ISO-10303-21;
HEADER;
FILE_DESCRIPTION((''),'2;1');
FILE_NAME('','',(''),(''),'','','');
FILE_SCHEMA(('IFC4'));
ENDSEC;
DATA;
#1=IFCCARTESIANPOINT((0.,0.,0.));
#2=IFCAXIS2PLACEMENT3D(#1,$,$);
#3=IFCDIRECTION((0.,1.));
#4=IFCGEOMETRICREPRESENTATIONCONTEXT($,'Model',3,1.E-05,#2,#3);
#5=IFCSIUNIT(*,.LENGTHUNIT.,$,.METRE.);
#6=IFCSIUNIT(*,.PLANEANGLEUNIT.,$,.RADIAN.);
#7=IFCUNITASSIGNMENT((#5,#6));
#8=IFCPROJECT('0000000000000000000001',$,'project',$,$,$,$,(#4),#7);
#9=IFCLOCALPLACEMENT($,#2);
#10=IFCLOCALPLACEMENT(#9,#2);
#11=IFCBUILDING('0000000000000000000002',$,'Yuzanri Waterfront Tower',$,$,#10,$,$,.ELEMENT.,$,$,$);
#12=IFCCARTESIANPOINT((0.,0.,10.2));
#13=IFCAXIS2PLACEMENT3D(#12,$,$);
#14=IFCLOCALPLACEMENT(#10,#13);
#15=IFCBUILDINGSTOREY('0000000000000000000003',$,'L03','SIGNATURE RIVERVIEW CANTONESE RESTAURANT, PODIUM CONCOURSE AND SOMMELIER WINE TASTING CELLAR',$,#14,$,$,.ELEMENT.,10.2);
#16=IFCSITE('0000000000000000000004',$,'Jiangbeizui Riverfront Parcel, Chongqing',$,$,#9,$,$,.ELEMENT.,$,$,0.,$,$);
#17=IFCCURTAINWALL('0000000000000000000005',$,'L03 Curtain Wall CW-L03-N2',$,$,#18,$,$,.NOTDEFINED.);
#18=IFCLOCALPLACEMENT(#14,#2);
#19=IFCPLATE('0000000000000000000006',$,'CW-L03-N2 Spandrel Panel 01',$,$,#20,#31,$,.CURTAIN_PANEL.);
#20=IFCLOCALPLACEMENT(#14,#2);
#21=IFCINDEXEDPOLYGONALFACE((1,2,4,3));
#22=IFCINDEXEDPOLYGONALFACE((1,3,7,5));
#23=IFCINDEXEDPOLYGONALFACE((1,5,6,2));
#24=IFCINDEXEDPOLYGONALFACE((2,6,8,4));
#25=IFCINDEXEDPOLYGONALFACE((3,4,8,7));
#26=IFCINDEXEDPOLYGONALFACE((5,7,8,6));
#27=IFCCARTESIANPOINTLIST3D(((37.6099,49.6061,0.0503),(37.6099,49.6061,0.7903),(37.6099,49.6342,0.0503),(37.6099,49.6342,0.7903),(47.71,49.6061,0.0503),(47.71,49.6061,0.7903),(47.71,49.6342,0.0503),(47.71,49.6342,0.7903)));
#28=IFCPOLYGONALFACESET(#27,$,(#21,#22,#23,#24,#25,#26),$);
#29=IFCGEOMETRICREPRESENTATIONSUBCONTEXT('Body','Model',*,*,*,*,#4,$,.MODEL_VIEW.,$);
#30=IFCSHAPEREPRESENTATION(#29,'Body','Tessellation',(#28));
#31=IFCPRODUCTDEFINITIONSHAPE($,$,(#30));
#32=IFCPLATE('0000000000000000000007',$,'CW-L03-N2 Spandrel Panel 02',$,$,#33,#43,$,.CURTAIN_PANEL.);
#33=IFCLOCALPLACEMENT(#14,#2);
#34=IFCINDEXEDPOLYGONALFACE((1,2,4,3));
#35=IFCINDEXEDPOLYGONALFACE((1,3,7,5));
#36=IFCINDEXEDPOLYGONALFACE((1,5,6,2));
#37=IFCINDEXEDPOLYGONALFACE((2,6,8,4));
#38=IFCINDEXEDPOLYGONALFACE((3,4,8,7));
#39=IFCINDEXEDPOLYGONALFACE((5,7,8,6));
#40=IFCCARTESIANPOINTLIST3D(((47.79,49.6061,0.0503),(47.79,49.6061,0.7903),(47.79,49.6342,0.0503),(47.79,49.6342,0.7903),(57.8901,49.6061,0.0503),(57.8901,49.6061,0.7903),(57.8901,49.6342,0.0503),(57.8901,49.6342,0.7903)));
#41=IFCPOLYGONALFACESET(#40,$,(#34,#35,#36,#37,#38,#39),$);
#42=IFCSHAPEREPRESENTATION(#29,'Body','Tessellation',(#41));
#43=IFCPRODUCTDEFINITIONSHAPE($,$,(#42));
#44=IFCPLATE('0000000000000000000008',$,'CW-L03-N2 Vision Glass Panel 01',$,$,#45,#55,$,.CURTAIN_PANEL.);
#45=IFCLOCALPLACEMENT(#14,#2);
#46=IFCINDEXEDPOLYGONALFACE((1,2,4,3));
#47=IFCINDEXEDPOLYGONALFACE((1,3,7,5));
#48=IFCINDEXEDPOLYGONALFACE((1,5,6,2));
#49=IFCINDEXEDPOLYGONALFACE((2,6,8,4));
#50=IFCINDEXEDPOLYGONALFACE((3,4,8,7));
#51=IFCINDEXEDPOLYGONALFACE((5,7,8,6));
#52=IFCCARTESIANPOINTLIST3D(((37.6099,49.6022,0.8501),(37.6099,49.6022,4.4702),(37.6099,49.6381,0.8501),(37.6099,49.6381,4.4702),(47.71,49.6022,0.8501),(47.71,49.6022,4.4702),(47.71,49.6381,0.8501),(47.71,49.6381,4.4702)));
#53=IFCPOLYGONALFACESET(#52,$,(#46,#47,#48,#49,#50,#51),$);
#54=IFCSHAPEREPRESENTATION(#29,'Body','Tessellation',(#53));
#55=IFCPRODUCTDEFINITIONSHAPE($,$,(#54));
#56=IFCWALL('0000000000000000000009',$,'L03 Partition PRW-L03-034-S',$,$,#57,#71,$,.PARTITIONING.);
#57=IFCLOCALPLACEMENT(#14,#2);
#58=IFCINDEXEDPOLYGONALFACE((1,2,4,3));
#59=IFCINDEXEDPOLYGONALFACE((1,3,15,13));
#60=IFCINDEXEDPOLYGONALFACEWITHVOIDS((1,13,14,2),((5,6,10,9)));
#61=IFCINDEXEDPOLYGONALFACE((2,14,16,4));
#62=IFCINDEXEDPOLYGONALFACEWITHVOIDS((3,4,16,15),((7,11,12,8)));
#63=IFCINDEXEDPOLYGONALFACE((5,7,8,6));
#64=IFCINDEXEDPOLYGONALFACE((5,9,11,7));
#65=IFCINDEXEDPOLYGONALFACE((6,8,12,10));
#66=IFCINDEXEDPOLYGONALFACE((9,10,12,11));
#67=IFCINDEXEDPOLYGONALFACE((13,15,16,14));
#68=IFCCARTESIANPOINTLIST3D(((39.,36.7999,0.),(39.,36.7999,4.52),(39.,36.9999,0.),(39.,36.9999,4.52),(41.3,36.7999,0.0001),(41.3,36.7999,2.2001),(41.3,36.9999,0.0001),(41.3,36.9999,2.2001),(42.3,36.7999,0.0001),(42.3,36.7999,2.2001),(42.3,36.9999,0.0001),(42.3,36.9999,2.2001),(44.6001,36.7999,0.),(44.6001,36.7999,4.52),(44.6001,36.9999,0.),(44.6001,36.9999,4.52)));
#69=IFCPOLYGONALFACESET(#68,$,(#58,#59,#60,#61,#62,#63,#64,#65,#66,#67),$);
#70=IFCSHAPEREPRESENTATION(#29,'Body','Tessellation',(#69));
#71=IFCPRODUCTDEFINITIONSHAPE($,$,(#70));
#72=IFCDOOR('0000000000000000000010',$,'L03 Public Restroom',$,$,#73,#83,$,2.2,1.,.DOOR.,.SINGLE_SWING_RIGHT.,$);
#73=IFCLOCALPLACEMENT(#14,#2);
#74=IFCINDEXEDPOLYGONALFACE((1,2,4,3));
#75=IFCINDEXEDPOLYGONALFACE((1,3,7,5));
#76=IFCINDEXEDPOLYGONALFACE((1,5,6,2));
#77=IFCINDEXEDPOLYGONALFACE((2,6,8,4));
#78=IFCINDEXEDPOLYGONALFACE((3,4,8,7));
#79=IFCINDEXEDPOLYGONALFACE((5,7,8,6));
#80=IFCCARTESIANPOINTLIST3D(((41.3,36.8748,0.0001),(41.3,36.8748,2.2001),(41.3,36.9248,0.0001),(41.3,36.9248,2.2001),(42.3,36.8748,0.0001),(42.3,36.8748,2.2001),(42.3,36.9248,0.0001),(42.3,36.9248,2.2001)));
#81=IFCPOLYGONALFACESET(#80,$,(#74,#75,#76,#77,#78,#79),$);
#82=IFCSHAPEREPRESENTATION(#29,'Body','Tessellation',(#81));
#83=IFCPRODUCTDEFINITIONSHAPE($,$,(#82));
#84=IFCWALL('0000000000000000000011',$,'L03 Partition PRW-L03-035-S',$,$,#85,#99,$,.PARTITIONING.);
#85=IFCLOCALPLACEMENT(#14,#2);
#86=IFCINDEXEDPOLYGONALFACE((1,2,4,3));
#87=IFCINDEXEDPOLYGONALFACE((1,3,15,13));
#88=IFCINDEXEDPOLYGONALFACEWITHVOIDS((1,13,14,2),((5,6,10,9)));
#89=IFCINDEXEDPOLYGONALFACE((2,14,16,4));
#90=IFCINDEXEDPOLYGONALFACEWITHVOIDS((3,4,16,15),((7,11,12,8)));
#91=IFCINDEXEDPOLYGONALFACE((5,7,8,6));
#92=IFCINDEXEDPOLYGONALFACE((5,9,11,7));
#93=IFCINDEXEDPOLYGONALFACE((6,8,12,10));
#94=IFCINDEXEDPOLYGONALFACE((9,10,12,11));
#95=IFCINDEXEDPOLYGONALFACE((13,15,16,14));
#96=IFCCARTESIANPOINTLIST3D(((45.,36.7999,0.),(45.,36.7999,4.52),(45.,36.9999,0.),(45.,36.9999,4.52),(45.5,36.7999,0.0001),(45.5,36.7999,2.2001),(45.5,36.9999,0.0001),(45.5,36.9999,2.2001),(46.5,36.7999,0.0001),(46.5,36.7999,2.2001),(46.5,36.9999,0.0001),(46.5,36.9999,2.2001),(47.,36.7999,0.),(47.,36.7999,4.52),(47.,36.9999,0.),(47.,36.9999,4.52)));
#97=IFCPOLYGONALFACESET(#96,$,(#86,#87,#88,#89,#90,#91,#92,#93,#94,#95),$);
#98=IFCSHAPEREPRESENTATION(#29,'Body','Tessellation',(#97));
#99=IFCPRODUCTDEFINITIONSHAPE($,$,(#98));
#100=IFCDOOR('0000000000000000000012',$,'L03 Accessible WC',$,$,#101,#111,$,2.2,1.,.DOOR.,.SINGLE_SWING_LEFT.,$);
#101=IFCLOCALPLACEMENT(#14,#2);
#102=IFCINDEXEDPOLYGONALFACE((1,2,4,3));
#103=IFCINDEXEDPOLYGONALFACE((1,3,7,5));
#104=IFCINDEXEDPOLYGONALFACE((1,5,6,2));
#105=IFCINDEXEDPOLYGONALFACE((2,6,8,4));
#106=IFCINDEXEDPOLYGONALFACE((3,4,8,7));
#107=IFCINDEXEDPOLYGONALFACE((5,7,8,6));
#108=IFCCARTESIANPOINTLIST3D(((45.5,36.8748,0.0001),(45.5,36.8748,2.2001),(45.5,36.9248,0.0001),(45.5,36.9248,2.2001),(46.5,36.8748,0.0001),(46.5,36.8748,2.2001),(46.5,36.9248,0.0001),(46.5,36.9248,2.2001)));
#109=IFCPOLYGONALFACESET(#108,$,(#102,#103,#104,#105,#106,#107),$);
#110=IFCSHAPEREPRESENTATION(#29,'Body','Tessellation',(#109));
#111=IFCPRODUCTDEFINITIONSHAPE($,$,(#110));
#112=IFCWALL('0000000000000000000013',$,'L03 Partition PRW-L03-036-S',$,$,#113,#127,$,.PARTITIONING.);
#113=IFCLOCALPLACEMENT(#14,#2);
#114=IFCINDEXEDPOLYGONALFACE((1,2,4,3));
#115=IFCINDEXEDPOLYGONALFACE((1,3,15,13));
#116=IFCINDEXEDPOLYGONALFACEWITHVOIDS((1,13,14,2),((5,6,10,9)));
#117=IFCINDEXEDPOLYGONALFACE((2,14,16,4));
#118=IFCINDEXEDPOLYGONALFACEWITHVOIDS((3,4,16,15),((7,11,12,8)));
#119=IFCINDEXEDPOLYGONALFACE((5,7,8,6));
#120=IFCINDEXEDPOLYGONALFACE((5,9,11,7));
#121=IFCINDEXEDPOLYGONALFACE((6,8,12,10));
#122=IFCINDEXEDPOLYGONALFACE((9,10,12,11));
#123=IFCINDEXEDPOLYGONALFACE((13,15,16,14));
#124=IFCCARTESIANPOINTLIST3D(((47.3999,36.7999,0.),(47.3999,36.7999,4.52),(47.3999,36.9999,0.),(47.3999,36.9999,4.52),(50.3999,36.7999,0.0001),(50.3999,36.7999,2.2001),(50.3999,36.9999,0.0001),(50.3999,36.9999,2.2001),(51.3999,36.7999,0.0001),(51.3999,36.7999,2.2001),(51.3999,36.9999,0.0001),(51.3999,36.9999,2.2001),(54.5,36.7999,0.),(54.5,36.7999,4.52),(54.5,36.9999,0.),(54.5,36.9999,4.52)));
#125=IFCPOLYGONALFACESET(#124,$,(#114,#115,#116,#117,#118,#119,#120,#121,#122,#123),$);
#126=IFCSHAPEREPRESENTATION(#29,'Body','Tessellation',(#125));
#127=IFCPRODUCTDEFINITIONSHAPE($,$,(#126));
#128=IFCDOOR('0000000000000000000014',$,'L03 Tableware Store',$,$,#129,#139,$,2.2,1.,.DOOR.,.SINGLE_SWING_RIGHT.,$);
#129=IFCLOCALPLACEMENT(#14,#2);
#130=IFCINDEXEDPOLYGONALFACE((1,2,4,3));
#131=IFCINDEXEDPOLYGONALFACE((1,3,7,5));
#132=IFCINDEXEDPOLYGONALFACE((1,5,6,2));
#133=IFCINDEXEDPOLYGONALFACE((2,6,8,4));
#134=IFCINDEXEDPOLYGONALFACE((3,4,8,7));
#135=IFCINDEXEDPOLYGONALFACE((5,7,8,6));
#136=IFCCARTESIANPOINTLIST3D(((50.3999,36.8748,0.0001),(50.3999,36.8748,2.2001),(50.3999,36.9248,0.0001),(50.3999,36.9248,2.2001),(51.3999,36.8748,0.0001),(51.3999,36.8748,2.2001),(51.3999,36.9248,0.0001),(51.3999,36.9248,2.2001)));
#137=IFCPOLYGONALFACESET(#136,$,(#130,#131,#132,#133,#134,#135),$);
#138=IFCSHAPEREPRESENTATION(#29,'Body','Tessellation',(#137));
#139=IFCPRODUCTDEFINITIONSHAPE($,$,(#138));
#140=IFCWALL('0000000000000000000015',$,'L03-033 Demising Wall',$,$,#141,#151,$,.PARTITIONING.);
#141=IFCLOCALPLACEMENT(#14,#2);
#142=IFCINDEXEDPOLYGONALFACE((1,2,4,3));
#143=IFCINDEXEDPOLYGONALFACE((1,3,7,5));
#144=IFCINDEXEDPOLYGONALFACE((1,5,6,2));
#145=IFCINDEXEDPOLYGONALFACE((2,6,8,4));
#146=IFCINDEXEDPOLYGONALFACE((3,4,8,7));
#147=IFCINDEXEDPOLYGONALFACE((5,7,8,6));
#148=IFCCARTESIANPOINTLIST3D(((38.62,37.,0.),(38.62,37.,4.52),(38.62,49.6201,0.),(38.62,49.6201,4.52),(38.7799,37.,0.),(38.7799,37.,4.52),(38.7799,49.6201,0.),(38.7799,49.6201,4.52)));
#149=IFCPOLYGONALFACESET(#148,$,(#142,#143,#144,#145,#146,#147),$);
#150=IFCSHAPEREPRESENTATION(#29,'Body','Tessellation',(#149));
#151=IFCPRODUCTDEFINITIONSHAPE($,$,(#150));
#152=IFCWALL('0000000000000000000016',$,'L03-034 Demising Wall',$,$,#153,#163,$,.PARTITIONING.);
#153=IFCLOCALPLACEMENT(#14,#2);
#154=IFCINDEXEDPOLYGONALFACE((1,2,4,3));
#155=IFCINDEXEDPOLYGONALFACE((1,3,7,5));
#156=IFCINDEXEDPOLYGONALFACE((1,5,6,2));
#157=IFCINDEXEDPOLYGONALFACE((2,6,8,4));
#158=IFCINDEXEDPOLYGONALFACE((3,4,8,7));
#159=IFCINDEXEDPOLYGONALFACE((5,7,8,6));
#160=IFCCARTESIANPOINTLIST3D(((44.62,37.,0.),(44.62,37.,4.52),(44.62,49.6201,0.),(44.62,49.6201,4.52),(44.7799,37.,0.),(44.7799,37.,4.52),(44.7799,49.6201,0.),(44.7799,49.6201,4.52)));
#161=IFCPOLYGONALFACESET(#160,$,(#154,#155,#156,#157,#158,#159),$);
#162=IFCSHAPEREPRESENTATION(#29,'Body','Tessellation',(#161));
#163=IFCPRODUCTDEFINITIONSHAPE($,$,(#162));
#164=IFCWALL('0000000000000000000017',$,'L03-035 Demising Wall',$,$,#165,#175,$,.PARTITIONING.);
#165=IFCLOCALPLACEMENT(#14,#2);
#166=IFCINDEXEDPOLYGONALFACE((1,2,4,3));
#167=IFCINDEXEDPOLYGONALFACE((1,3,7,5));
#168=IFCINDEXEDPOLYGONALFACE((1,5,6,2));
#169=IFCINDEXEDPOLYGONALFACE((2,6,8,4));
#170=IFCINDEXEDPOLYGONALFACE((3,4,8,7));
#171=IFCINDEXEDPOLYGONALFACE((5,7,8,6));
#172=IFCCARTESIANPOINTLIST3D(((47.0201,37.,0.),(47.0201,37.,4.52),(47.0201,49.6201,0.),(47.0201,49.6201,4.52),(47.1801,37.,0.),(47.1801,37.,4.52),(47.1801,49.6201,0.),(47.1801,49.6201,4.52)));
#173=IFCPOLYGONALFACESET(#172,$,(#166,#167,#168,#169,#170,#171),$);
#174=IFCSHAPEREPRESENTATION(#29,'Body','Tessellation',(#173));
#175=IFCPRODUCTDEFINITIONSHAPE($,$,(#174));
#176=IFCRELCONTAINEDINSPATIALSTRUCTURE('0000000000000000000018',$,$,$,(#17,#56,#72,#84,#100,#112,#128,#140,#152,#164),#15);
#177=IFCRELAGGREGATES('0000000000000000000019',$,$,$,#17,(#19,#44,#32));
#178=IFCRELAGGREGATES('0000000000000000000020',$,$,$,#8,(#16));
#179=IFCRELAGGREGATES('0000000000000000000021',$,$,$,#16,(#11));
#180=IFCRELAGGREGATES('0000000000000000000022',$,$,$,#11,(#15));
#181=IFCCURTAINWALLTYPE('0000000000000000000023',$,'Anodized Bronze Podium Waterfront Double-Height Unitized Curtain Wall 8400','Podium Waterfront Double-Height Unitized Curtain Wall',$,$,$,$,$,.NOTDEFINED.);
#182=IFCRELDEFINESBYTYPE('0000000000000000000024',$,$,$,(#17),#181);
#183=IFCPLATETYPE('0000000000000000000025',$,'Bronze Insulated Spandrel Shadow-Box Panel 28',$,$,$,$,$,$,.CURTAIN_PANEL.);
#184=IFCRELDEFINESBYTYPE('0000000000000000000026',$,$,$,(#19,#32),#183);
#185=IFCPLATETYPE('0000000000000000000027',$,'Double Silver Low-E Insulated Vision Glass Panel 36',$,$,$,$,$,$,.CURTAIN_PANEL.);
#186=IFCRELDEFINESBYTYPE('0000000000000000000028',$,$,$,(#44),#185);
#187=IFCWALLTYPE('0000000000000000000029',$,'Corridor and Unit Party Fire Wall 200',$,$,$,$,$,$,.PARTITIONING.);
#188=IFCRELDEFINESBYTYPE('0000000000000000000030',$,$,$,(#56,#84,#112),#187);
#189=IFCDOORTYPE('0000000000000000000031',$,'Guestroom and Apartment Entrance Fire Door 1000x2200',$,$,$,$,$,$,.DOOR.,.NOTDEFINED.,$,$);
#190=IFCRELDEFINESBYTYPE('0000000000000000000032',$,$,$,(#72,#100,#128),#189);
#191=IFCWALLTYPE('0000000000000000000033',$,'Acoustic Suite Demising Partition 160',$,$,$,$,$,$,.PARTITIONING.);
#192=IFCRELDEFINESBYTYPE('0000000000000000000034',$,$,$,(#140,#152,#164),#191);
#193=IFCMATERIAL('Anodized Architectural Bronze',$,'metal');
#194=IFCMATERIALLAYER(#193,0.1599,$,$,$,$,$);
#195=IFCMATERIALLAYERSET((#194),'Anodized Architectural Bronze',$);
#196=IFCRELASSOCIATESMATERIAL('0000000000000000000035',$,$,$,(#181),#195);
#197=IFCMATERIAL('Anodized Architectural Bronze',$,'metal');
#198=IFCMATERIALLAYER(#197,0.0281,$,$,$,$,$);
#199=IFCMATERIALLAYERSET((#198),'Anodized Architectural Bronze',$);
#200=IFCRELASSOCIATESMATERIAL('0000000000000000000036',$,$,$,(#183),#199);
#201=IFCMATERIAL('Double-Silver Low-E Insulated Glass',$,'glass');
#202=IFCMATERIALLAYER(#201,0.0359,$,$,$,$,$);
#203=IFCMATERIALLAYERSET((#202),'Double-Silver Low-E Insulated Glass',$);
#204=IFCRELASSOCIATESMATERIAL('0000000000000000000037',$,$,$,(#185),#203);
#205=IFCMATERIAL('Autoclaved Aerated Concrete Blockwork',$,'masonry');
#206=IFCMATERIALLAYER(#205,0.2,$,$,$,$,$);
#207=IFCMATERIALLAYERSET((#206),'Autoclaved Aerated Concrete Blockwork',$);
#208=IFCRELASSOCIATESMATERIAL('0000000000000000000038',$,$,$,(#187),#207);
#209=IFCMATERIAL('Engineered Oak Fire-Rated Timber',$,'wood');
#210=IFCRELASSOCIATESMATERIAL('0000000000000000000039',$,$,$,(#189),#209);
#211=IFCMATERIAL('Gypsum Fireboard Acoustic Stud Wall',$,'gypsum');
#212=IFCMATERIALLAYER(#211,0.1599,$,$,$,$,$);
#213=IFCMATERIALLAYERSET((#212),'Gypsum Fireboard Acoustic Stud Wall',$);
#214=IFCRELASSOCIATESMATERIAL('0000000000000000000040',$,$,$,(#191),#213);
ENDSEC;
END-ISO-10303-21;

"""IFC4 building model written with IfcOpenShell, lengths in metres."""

from ifc_helpers import new_model, si_unit, direction, frame, frame_2d, origin, origin_2d, place, context, subcontext, project, spatial, rectangle, extrude, source, transform, mapped, material, layer, layer_set, type_object, element, fill, aggregate, save


model = new_model("IFC4")

# Units and contexts
model_context = context("Model", 3, precision=1e-05, world=origin(), true_north=direction((0.0, 1.0)))
body_context = subcontext(model_context, "Body", "Model", "MODEL_VIEW")
ifc_project = project(units=[si_unit("LENGTHUNIT", "METRE"), si_unit("PLANEANGLEUNIT", "RADIAN")], contexts=[model_context])

# Site, building, storey
site_placement = place(None, origin())
site = spatial("IfcSite", under=ifc_project, at=site_placement, Name="Jiangbeizui Riverfront Parcel, Chongqing", CompositionType="ELEMENT", RefElevation=0.0)
building_placement = place(site_placement, origin())
building = spatial("IfcBuilding", under=site, at=building_placement, Name="Yuzanri Waterfront Tower", CompositionType="ELEMENT")
storey_placement = place(building_placement, frame((0.0, 0.0, 10.2)))
storey = spatial("IfcBuildingStorey", under=building, at=storey_placement, Name="L03", Description="SIGNATURE RIVERVIEW CANTONESE RESTAURANT, PODIUM CONCOURSE AND SOMMELIER WINE TASTING CELLAR", CompositionType="ELEMENT", Elevation=10.2)

# Curtain wall, plates
ifc_material_1 = material(Name="Anodized Architectural Bronze", Category="metal")
ifc_layer_1 = layer(ifc_material_1, 0.1599)
ifc_layer_set_1 = layer_set([ifc_layer_1], Name="Anodized Architectural Bronze")
curtain_wall_type = type_object("IfcCurtainWallType", Name="Anodized Bronze Podium Waterfront Double-Height Unitized Curtain Wall 8400", Description="Podium Waterfront Double-Height Unitized Curtain Wall", PredefinedType="NOTDEFINED", material=ifc_layer_set_1)
curtain_wall_placement = place(storey_placement, origin())
curtain_wall = element("IfcCurtainWall", 1, at=curtain_wall_placement, inside=storey, type_object=curtain_wall_type, Name="L03 Curtain Wall CW-L03-N2", PredefinedType="NOTDEFINED")
ifc_material_2 = material(Name="Anodized Architectural Bronze", Category="metal")
ifc_layer_2 = layer(ifc_material_2, 0.0281)
ifc_layer_set_2 = layer_set([ifc_layer_2], Name="Anodized Architectural Bronze")
plate_type_1 = type_object("IfcPlateType", Name="Bronze Insulated Spandrel Shadow-Box Panel 28", PredefinedType="CURTAIN_PANEL", material=ifc_layer_set_2)
shared_shape_1 = source(origin(), body_context, "Body", "SweptSolid", [
    extrude(rectangle(XDim=10.1001, YDim=0.0281, at=origin_2d()), origin(), (0.0, 0.0, 1.0), 0.74),
])
plate_1_placement = place(storey_placement, frame((42.6599, 49.6201, 0.0503), z_axis=(0.0, 0.0, 1.0), x_axis=(1.0, 0.0, 0.0)))
plate_1 = element("IfcPlate", 2, at=plate_1_placement, type_object=plate_type_1, Name="CW-L03-N2 Spandrel Panel 01", PredefinedType="CURTAIN_PANEL", context=body_context, shape_type="MappedRepresentation", body=[
    mapped(shared_shape_1, transform((0.0, 0.0, 0.0), scale=1.0)),
])
plate_2_placement = place(storey_placement, frame((52.8401, 49.6201, 0.0503), z_axis=(0.0, 0.0, 1.0), x_axis=(1.0, 0.0, 0.0)))
plate_2 = element("IfcPlate", 3, at=plate_2_placement, type_object=plate_type_1, Name="CW-L03-N2 Spandrel Panel 02", PredefinedType="CURTAIN_PANEL", context=body_context, shape_type="MappedRepresentation", body=[
    mapped(shared_shape_1, transform((0.0, 0.0, 0.0), scale=1.0)),
])
ifc_material_3 = material(Name="Double-Silver Low-E Insulated Glass", Category="glass")
ifc_layer_3 = layer(ifc_material_3, 0.0359)
ifc_layer_set_3 = layer_set([ifc_layer_3], Name="Double-Silver Low-E Insulated Glass")
plate_type_2 = type_object("IfcPlateType", Name="Double Silver Low-E Insulated Vision Glass Panel 36", PredefinedType="CURTAIN_PANEL", material=ifc_layer_set_3)
shared_shape_2 = source(origin(), body_context, "Body", "SweptSolid", [
    extrude(rectangle(XDim=10.1001, YDim=0.0359, at=origin_2d()), origin(), (0.0, 0.0, 1.0), 3.6201),
])
plate_3_placement = place(storey_placement, frame((42.6599, 49.6201, 0.8501), z_axis=(0.0, 0.0, 1.0), x_axis=(1.0, 0.0, 0.0)))
plate_3 = element("IfcPlate", 4, at=plate_3_placement, type_object=plate_type_2, Name="CW-L03-N2 Vision Glass Panel 01", PredefinedType="CURTAIN_PANEL", context=body_context, shape_type="MappedRepresentation", body=[
    mapped(shared_shape_2, transform((0.0, 0.0, 0.0), scale=1.0)),
])
aggregate(curtain_wall, [plate_1, plate_3, plate_2])

# Walls, openings, doors
ifc_material_4 = material(Name="Autoclaved Aerated Concrete Blockwork", Category="masonry")
ifc_layer_4 = layer(ifc_material_4, 0.2)
ifc_layer_set_4 = layer_set([ifc_layer_4], Name="Autoclaved Aerated Concrete Blockwork")
wall_type_1 = type_object("IfcWallType", Name="Corridor and Unit Party Fire Wall 200", PredefinedType="PARTITIONING", material=ifc_layer_set_4)
wall_1_placement = place(storey_placement, frame((39.0, 36.8999, 0.0), z_axis=(0.0, 0.0, 1.0), x_axis=(1.0, 0.0, 0.0)))
wall_1 = element("IfcWall", 5, at=wall_1_placement, inside=storey, type_object=wall_type_1, Name="L03 Partition PRW-L03-034-S", PredefinedType="PARTITIONING", context=body_context, shape_type="SweptSolid", body=[
    extrude(rectangle(XDim=5.6001, YDim=0.2, at=frame_2d((2.8, 0.0))), origin(), (0.0, 0.0, 1.0), 4.52),
])
opening_1_placement = place(wall_1_placement, frame((2.3, 0.0, 0.0)))
opening_1 = element("IfcOpeningElement", 6, at=opening_1_placement, cuts=wall_1, PredefinedType="OPENING", context=body_context, shape_type="SweptSolid", body=[
    extrude(rectangle(XDim=1.0, YDim=2.2, at=frame_2d((0.5, 1.1001))), frame((0.0, 0.1147, 0.0), z_axis=(0.0, -1.0, 0.0), x_axis=(1.0, 0.0, 0.0)), (0.0, 0.0, 1.0), 0.2297),
])
ifc_material_5 = material(Name="Engineered Oak Fire-Rated Timber", Category="wood")
door_type = type_object("IfcDoorType", Name="Guestroom and Apartment Entrance Fire Door 1000x2200", OperationType="NOTDEFINED", PredefinedType="DOOR", material=ifc_material_5)
shared_shape_3 = source(origin(), body_context, "Body", "SweptSolid", [
    extrude(rectangle(XDim=1.0, YDim=2.2, at=frame_2d((0.5, 1.1001))), frame((0.0, 0.0249, 0.0), z_axis=(0.0, -1.0, 0.0), x_axis=(1.0, 0.0, 0.0)), (0.0, 0.0, 1.0), 0.05),
])
door_1_placement = place(opening_1_placement, origin())
door_1 = element("IfcDoor", 7, at=door_1_placement, inside=storey, type_object=door_type, Name="L03 Public Restroom", OperationType="SINGLE_SWING_RIGHT", OverallHeight=2.2, OverallWidth=1.0, PredefinedType="DOOR", context=body_context, shape_type="MappedRepresentation", body=[
    mapped(shared_shape_3, transform((0.0, 0.0, 0.0), scale=1.0)),
])
fill(opening_1, door_1)
wall_2_placement = place(storey_placement, frame((45.0, 36.8999, 0.0), z_axis=(0.0, 0.0, 1.0), x_axis=(1.0, 0.0, 0.0)))
wall_2 = element("IfcWall", 8, at=wall_2_placement, inside=storey, type_object=wall_type_1, Name="L03 Partition PRW-L03-035-S", PredefinedType="PARTITIONING", context=body_context, shape_type="SweptSolid", body=[
    extrude(rectangle(XDim=2.0, YDim=0.2, at=frame_2d((1.0, 0.0))), origin(), (0.0, 0.0, 1.0), 4.52),
])
opening_2_placement = place(wall_2_placement, frame((0.5, 0.0, 0.0)))
opening_2 = element("IfcOpeningElement", 9, at=opening_2_placement, cuts=wall_2, PredefinedType="OPENING", context=body_context, shape_type="SweptSolid", body=[
    extrude(rectangle(XDim=1.0, YDim=2.2, at=frame_2d((0.5, 1.1001))), frame((0.0, 0.1147, 0.0), z_axis=(0.0, -1.0, 0.0), x_axis=(1.0, 0.0, 0.0)), (0.0, 0.0, 1.0), 0.2297),
])
door_2_placement = place(opening_2_placement, origin())
door_2 = element("IfcDoor", 10, at=door_2_placement, inside=storey, type_object=door_type, Name="L03 Accessible WC", OperationType="SINGLE_SWING_LEFT", OverallHeight=2.2, OverallWidth=1.0, PredefinedType="DOOR", context=body_context, shape_type="MappedRepresentation", body=[
    mapped(shared_shape_3, transform((0.0, 0.0, 0.0), scale=1.0)),
])
fill(opening_2, door_2)
wall_3_placement = place(storey_placement, frame((47.3999, 36.8999, 0.0), z_axis=(0.0, 0.0, 1.0), x_axis=(1.0, 0.0, 0.0)))
wall_3 = element("IfcWall", 11, at=wall_3_placement, inside=storey, type_object=wall_type_1, Name="L03 Partition PRW-L03-036-S", PredefinedType="PARTITIONING", context=body_context, shape_type="SweptSolid", body=[
    extrude(rectangle(XDim=7.1001, YDim=0.2, at=frame_2d((3.55, 0.0))), origin(), (0.0, 0.0, 1.0), 4.52),
])
opening_3_placement = place(wall_3_placement, frame((3.0, 0.0, 0.0)))
opening_3 = element("IfcOpeningElement", 12, at=opening_3_placement, cuts=wall_3, PredefinedType="OPENING", context=body_context, shape_type="SweptSolid", body=[
    extrude(rectangle(XDim=1.0, YDim=2.2, at=frame_2d((0.5, 1.1001))), frame((0.0, 0.1147, 0.0), z_axis=(0.0, -1.0, 0.0), x_axis=(1.0, 0.0, 0.0)), (0.0, 0.0, 1.0), 0.2297),
])
door_3_placement = place(opening_3_placement, origin())
door_3 = element("IfcDoor", 13, at=door_3_placement, inside=storey, type_object=door_type, Name="L03 Tableware Store", OperationType="SINGLE_SWING_RIGHT", OverallHeight=2.2, OverallWidth=1.0, PredefinedType="DOOR", context=body_context, shape_type="MappedRepresentation", body=[
    mapped(shared_shape_3, transform((0.0, 0.0, 0.0), scale=1.0)),
])
fill(opening_3, door_3)

# Walls
ifc_material_6 = material(Name="Gypsum Fireboard Acoustic Stud Wall", Category="gypsum")
ifc_layer_5 = layer(ifc_material_6, 0.1599)
ifc_layer_set_5 = layer_set([ifc_layer_5], Name="Gypsum Fireboard Acoustic Stud Wall")
wall_type_2 = type_object("IfcWallType", Name="Acoustic Suite Demising Partition 160", PredefinedType="PARTITIONING", material=ifc_layer_set_5)
shared_shape_4 = source(origin(), body_context, "Body", "SweptSolid", [
    extrude(rectangle(XDim=12.6201, YDim=0.1599, at=frame_2d((6.3101, 0.0))), origin(), (0.0, 0.0, 1.0), 4.52),
])
for number, where, z_axis, x_axis, name in (
    (14, (38.7, 37.0, 0.0), (0.0, 0.0, 1.0), (0.0, 1.0, 0.0), "L03-033 Demising Wall"),
    (15, (44.7, 37.0, 0.0), (0.0, 0.0, 1.0), (0.0, 1.0, 0.0), "L03-034 Demising Wall"),
    (16, (47.1001, 37.0, 0.0), (0.0, 0.0, 1.0), (0.0, 1.0, 0.0), "L03-035 Demising Wall"),
):
    element("IfcWall", number, at=place(storey_placement, frame(where, z_axis=z_axis, x_axis=x_axis)), inside=storey, type_object=wall_type_2, Name=name, PredefinedType="PARTITIONING", context=body_context, shape_type="MappedRepresentation", body=[
        mapped(shared_shape_4, transform((0.0, 0.0, 0.0), scale=1.0)),
    ])

save(model, "model.ifc")
